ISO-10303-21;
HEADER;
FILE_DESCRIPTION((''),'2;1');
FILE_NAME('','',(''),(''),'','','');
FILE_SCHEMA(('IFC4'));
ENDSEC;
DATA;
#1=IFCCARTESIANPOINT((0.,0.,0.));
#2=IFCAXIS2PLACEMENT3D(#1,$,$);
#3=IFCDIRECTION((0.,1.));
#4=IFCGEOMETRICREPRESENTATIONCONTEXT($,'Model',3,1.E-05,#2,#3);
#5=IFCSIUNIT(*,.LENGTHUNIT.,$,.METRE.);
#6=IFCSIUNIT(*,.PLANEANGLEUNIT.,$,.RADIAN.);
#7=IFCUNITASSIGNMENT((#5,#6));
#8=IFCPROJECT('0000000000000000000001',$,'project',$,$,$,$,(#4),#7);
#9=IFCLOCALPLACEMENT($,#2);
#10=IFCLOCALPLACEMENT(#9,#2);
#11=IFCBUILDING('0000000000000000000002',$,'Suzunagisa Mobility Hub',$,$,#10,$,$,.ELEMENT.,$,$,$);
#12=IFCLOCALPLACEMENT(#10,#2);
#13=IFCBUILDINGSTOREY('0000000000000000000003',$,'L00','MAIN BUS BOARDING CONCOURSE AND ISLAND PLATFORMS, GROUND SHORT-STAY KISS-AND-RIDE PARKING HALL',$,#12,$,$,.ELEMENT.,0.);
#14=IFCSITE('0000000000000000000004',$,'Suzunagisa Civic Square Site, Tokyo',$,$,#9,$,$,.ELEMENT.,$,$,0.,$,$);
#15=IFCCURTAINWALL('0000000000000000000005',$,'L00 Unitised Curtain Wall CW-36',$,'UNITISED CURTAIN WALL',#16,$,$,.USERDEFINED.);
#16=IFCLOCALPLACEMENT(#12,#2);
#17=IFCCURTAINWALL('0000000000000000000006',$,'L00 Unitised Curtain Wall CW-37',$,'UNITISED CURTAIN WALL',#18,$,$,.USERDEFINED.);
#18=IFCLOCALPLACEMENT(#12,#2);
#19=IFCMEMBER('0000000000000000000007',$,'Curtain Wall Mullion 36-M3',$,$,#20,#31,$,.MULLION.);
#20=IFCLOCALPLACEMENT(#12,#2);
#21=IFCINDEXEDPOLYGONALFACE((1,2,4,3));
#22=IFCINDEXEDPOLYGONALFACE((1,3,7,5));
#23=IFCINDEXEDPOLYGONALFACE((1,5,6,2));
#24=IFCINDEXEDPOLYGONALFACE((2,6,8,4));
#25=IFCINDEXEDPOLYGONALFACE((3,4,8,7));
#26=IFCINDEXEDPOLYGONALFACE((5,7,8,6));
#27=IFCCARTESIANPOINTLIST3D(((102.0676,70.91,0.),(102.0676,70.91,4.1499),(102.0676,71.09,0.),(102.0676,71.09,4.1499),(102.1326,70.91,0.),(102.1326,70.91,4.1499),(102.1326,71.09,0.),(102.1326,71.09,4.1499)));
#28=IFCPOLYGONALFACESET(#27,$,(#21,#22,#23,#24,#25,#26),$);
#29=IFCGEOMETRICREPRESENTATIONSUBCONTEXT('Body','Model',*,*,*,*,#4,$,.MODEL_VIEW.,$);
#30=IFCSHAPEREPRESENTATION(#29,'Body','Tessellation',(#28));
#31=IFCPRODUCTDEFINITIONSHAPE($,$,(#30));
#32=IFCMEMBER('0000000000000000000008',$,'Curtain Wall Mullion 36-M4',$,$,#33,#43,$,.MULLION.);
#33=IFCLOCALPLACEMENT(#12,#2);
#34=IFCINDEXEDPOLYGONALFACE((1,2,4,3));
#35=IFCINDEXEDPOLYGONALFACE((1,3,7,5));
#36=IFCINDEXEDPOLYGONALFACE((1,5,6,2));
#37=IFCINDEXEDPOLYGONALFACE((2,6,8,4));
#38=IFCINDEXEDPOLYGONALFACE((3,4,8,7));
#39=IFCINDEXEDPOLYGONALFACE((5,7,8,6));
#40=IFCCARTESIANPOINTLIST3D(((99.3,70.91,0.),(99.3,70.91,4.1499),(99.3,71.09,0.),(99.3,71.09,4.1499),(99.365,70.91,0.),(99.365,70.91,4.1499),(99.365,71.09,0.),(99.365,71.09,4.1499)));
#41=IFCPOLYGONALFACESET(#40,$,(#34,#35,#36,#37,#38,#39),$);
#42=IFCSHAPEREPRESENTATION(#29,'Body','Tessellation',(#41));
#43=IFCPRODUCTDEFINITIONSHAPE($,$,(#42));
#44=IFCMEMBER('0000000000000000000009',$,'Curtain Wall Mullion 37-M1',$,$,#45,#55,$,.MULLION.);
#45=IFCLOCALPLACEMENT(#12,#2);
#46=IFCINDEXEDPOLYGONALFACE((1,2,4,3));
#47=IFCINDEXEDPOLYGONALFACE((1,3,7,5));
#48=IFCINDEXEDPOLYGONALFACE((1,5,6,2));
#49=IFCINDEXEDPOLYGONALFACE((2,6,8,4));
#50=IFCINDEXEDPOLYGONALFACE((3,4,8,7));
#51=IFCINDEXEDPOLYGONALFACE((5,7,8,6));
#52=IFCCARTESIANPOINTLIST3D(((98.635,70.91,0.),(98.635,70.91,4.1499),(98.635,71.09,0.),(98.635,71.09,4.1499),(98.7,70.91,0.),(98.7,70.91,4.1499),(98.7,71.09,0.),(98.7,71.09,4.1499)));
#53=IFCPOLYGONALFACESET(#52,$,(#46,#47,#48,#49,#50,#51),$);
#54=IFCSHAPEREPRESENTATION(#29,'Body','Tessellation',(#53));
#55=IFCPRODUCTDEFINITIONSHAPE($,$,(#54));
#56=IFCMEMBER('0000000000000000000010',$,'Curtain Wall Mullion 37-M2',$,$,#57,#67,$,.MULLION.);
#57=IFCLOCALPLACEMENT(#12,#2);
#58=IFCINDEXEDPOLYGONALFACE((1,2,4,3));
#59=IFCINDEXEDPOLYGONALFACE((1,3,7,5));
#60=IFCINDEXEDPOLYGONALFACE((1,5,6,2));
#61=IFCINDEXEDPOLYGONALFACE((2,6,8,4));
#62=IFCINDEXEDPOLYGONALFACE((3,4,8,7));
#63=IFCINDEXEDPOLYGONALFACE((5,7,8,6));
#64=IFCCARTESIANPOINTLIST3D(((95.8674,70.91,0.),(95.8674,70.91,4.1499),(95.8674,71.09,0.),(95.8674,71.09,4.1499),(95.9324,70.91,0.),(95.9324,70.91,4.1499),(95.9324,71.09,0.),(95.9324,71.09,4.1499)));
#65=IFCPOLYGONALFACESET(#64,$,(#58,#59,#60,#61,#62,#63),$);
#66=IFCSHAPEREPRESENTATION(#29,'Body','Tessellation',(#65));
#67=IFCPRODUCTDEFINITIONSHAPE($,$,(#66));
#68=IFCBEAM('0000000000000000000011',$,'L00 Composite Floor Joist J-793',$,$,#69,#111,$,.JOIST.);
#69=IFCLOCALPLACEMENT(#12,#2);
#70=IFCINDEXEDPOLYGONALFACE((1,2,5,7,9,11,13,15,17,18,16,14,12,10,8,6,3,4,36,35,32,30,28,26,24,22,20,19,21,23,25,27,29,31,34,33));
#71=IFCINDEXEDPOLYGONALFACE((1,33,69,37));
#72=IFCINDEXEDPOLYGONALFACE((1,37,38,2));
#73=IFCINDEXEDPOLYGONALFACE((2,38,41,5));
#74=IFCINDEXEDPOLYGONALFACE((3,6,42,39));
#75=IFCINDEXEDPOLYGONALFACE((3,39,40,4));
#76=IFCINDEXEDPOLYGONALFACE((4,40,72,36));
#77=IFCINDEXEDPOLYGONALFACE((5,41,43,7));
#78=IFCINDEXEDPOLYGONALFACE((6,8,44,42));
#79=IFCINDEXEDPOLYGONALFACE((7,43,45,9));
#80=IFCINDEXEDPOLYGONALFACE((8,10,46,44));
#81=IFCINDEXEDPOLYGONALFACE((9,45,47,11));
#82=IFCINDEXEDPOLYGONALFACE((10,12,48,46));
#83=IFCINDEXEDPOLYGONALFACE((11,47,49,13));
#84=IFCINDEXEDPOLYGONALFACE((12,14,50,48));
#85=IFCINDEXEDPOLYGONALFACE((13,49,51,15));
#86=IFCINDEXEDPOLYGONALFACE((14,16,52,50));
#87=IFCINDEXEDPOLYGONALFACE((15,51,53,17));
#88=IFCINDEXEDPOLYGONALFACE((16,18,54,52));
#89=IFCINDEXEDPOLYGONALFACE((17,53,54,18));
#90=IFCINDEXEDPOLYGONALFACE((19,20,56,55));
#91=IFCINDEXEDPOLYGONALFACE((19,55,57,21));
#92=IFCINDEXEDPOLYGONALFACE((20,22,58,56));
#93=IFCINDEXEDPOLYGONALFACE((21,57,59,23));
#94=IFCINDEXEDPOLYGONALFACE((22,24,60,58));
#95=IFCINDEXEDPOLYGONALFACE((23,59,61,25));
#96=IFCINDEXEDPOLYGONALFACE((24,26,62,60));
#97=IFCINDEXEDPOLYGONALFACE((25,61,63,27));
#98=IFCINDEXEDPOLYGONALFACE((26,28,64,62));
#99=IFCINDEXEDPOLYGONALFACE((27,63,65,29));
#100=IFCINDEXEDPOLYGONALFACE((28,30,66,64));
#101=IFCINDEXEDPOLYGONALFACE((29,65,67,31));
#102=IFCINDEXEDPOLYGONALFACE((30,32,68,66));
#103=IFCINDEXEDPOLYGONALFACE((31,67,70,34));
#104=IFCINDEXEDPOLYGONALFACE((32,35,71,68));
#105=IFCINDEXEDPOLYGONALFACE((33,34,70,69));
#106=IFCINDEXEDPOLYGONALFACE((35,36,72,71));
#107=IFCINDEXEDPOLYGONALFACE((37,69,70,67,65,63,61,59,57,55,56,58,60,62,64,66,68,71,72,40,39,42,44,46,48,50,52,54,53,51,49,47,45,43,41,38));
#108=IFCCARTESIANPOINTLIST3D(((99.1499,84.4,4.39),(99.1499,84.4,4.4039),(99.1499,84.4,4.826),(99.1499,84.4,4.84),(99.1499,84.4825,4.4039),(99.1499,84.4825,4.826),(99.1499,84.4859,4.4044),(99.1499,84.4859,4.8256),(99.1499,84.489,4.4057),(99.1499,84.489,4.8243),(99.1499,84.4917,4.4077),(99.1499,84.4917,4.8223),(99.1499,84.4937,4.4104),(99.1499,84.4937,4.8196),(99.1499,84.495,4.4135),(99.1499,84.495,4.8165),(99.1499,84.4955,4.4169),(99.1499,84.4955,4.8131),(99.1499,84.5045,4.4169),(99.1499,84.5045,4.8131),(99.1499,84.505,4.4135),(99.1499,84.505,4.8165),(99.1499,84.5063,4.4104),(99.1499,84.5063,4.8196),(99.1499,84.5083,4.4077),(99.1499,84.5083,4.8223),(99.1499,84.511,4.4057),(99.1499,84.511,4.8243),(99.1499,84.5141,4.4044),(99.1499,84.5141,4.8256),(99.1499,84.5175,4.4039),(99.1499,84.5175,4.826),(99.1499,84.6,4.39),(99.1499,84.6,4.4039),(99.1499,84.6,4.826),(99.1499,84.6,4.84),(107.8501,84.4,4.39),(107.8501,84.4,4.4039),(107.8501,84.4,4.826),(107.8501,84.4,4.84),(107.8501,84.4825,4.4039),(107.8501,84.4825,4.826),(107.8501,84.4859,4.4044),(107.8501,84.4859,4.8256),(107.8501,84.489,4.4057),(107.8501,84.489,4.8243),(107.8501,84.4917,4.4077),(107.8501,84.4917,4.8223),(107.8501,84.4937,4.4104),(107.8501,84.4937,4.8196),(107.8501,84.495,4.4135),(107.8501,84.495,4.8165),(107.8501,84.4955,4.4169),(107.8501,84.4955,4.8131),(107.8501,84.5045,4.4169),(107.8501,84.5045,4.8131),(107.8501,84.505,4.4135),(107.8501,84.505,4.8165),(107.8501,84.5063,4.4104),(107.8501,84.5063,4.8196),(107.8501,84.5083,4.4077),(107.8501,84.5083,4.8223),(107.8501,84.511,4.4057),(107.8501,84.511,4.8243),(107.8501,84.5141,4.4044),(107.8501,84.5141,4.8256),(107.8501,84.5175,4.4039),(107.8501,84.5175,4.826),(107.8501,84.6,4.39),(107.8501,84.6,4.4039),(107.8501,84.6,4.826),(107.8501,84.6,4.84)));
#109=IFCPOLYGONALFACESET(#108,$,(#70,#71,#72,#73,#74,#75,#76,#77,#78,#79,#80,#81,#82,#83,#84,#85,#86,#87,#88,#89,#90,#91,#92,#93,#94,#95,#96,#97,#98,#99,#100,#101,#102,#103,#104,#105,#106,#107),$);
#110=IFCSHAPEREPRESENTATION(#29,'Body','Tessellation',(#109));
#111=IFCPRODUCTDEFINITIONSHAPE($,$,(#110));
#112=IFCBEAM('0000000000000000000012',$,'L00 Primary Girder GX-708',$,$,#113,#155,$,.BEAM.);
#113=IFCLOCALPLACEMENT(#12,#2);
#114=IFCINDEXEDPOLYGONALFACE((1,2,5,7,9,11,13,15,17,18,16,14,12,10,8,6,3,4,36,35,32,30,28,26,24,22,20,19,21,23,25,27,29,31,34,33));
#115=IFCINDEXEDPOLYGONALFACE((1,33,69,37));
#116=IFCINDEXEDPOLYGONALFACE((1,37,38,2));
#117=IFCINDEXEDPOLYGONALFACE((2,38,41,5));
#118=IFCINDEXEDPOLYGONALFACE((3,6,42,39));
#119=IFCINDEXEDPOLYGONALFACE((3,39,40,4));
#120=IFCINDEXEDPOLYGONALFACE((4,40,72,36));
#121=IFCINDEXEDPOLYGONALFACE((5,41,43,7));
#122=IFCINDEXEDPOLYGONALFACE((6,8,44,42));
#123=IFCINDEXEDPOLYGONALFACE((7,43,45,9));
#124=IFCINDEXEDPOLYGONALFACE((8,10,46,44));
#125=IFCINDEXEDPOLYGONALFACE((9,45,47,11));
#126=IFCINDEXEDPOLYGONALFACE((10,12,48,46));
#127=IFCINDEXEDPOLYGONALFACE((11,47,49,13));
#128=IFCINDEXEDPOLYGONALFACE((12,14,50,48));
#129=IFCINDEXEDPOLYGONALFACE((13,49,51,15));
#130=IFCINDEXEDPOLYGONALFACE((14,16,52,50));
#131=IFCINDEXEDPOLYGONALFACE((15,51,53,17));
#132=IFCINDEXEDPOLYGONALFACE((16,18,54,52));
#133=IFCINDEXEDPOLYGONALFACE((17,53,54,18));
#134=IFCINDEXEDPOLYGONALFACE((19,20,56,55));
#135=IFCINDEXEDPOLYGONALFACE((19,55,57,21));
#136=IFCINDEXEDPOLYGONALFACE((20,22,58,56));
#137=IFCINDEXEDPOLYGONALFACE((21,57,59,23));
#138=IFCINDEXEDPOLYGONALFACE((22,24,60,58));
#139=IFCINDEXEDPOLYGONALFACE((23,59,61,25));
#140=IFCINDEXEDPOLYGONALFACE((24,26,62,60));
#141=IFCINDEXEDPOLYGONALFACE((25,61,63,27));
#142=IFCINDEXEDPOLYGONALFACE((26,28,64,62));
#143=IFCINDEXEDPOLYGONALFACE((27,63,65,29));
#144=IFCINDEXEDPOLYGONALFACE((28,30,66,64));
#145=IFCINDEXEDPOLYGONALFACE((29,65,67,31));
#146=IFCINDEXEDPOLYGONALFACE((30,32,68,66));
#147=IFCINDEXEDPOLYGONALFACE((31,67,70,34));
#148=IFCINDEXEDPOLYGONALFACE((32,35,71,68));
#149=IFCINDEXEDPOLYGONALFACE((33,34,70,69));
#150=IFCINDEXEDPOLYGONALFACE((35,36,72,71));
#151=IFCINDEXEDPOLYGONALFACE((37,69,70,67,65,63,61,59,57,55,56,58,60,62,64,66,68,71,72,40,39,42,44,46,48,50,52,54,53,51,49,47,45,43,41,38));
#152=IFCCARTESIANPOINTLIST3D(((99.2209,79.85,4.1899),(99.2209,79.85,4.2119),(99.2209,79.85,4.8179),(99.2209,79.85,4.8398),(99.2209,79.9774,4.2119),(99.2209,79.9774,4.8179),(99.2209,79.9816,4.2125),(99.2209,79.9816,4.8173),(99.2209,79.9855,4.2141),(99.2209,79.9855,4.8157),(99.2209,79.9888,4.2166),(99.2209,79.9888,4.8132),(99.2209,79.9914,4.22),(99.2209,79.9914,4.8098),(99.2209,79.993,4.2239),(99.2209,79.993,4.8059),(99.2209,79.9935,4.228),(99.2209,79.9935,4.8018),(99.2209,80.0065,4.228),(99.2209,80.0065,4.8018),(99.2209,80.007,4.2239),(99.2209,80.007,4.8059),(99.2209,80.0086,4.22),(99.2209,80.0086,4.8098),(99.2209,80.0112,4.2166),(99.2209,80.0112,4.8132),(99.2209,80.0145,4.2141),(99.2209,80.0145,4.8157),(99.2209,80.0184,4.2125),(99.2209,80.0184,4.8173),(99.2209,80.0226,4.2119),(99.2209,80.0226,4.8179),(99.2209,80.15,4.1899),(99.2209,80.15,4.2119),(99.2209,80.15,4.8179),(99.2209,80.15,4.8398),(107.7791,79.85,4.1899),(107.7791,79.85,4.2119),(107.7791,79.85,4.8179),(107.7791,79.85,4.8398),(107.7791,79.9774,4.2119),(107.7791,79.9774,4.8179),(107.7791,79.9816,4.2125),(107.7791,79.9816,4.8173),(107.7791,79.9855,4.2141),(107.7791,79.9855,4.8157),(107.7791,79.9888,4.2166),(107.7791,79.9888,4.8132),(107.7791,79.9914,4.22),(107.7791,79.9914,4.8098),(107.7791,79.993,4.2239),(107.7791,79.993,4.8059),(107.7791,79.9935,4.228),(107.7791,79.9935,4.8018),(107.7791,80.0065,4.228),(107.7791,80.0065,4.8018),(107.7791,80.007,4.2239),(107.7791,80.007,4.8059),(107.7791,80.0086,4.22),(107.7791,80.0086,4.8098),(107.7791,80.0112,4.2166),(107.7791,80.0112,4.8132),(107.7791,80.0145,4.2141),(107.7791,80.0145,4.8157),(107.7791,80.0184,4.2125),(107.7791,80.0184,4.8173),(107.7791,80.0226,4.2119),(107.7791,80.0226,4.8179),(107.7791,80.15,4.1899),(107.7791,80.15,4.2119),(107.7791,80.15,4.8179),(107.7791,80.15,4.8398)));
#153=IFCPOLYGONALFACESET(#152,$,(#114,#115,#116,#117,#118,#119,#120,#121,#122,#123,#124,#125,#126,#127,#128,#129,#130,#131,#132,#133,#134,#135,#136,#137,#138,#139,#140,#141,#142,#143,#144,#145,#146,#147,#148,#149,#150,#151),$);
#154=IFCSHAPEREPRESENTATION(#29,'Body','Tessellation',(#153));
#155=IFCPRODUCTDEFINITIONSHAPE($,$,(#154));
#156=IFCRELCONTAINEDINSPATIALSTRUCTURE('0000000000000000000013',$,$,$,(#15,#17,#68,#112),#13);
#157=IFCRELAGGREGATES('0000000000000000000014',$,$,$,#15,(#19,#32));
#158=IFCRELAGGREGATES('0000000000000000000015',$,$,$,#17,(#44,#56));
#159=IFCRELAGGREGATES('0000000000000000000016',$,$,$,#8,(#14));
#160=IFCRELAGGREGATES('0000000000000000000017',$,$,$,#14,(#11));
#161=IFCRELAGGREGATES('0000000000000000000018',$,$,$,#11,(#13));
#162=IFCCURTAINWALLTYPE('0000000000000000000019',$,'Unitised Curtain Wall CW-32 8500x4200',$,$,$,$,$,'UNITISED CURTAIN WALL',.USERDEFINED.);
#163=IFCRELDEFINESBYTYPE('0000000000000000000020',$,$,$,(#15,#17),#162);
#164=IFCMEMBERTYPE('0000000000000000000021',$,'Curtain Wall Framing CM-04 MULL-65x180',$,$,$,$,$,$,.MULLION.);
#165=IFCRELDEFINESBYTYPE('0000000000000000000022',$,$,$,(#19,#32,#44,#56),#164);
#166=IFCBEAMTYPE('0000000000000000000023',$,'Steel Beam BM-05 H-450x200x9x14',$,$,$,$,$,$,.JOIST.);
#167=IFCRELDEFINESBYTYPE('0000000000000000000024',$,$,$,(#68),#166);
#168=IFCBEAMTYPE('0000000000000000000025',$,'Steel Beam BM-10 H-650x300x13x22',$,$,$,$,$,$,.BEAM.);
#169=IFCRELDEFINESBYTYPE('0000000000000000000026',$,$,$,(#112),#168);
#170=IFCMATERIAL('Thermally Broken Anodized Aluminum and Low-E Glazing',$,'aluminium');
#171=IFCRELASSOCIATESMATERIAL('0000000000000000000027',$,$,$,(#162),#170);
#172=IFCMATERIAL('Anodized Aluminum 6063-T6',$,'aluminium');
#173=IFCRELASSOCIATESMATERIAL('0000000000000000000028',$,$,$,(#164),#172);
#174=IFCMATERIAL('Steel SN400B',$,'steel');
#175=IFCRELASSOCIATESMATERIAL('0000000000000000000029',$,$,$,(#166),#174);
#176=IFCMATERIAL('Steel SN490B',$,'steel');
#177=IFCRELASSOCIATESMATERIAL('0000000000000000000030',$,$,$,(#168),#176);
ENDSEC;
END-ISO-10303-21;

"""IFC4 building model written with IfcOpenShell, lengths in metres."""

from ifc_helpers import new_model, si_unit, direction, frame, origin, origin_2d, place, context, subcontext, project, spatial, rectangle, i_section, extrude, material, material_profile, profile_set, type_object, element, aggregate, save


model = new_model("IFC4")

# Units and contexts
model_context = context("Model", 3, precision=1e-05, world=origin(), true_north=direction((0.0, 1.0)))
body_context = subcontext(model_context, "Body", "Model", "MODEL_VIEW")
ifc_project = project(units=[si_unit("LENGTHUNIT", "METRE"), si_unit("PLANEANGLEUNIT", "RADIAN")], contexts=[model_context])

# Site, building, storey
site_placement = place(None, origin())
site = spatial("IfcSite", under=ifc_project, at=site_placement, Name="Suzunagisa Civic Square Site, Tokyo", CompositionType="ELEMENT", RefElevation=0.0)
building_placement = place(site_placement, origin())
building = spatial("IfcBuilding", under=site, at=building_placement, Name="Suzunagisa Mobility Hub", CompositionType="ELEMENT")
storey_placement = place(building_placement, origin())
storey = spatial("IfcBuildingStorey", under=building, at=storey_placement, Name="L00", Description="MAIN BUS BOARDING CONCOURSE AND ISLAND PLATFORMS, GROUND SHORT-STAY KISS-AND-RIDE PARKING HALL", CompositionType="ELEMENT", Elevation=0.0)

# Shared definitions
ifc_material_1 = material(Name="Steel SN490B", Category="steel")

# Curtain walls
ifc_material_2 = material(Name="Thermally Broken Anodized Aluminum and Low-E Glazing", Category="aluminium")
curtain_wall_type = type_object("IfcCurtainWallType", Name="Unitised Curtain Wall CW-32 8500x4200", ElementType="UNITISED CURTAIN WALL", PredefinedType="USERDEFINED", material=ifc_material_2)
curtain_wall_1_placement = place(storey_placement, origin())
curtain_wall_1 = element("IfcCurtainWall", 1, at=curtain_wall_1_placement, inside=storey, type_object=curtain_wall_type, Name="L00 Unitised Curtain Wall CW-36", ObjectType="UNITISED CURTAIN WALL", PredefinedType="USERDEFINED")
ifc_material_3 = material(Name="Anodized Aluminum 6063-T6", Category="aluminium")
curtain_wall_2_placement = place(storey_placement, origin())
curtain_wall_2 = element("IfcCurtainWall", 2, at=curtain_wall_2_placement, inside=storey, type_object=curtain_wall_type, Name="L00 Unitised Curtain Wall CW-37", ObjectType="UNITISED CURTAIN WALL", PredefinedType="USERDEFINED")

# Members
ifc_material_profile_1 = material_profile(ifc_material_3, rectangle(XDim=0.0649, YDim=0.1799, at=origin_2d()), Name="MULL-65x180")
ifc_profile_set_1 = profile_set([ifc_material_profile_1], Name="Anodized Aluminum 6063-T6")
member_type_1 = type_object("IfcMemberType", Name="Curtain Wall Framing CM-04 MULL-65x180", PredefinedType="MULLION", material=ifc_profile_set_1)
member_1_placement = place(storey_placement, frame((102.1001, 71.0, 0.0), z_axis=(0.0, 0.0, 1.0), x_axis=(-1.0, 0.0, 0.0)))
member_1 = element("IfcMember", 3, at=member_1_placement, type_object=member_type_1, Name="Curtain Wall Mullion 36-M3", PredefinedType="MULLION", context=body_context, shape_type="SweptSolid", body=[
    extrude(rectangle(XDim=0.0649, YDim=0.1799, at=origin_2d()), origin(), (0.0, 0.0, 1.0), 4.1499),
])
member_2_placement = place(storey_placement, frame((99.3325, 71.0, 0.0), z_axis=(0.0, 0.0, 1.0), x_axis=(-1.0, 0.0, 0.0)))
member_2 = element("IfcMember", 4, at=member_2_placement, type_object=member_type_1, Name="Curtain Wall Mullion 36-M4", PredefinedType="MULLION", context=body_context, shape_type="SweptSolid", body=[
    extrude(rectangle(XDim=0.0649, YDim=0.1799, at=origin_2d()), origin(), (0.0, 0.0, 1.0), 4.1499),
])
member_3_placement = place(storey_placement, frame((98.6675, 71.0, 0.0), z_axis=(0.0, 0.0, 1.0), x_axis=(-1.0, 0.0, 0.0)))
member_3 = element("IfcMember", 5, at=member_3_placement, type_object=member_type_1, Name="Curtain Wall Mullion 37-M1", PredefinedType="MULLION", context=body_context, shape_type="SweptSolid", body=[
    extrude(rectangle(XDim=0.0649, YDim=0.1799, at=origin_2d()), origin(), (0.0, 0.0, 1.0), 4.1499),
])
member_4_placement = place(storey_placement, frame((95.8999, 71.0, 0.0), z_axis=(0.0, 0.0, 1.0), x_axis=(-1.0, 0.0, 0.0)))
member_4 = element("IfcMember", 6, at=member_4_placement, type_object=member_type_1, Name="Curtain Wall Mullion 37-M2", PredefinedType="MULLION", context=body_context, shape_type="SweptSolid", body=[
    extrude(rectangle(XDim=0.0649, YDim=0.1799, at=origin_2d()), origin(), (0.0, 0.0, 1.0), 4.1499),
])

# Beams
ifc_material_4 = material(Name="Steel SN400B", Category="steel")
ifc_material_profile_2 = material_profile(ifc_material_4, i_section(OverallWidth=0.2, OverallDepth=0.45, WebThickness=0.009, FlangeThickness=0.0139, FilletRadius=0.0129, at=origin_2d()), Name="H-450x200x9x14")
ifc_profile_set_2 = profile_set([ifc_material_profile_2], Name="Steel SN400B")
beam_type_1 = type_object("IfcBeamType", Name="Steel Beam BM-05 H-450x200x9x14", PredefinedType="JOIST", material=ifc_profile_set_2)
beam_1_placement = place(storey_placement, frame((99.1499, 84.5, 4.615), z_axis=(1.0, 0.0, 0.0), x_axis=(0.0, 1.0, 0.0)))
element("IfcBeam", 7, at=beam_1_placement, inside=storey, type_object=beam_type_1, Name="L00 Composite Floor Joist J-793", PredefinedType="JOIST", context=body_context, shape_type="SweptSolid", body=[
    extrude(i_section(OverallWidth=0.2, OverallDepth=0.45, WebThickness=0.009, FlangeThickness=0.0139, FilletRadius=0.0129, at=origin_2d()), origin(), (0.0, 0.0, 1.0), 8.7002),
])
ifc_material_profile_3 = material_profile(ifc_material_1, i_section(OverallWidth=0.3, OverallDepth=0.6499, WebThickness=0.0129, FlangeThickness=0.022, FilletRadius=0.0161, at=origin_2d()), Name="H-650x300x13x22")
ifc_profile_set_3 = profile_set([ifc_material_profile_3], Name="Steel SN490B")
beam_type_2 = type_object("IfcBeamType", Name="Steel Beam BM-10 H-650x300x13x22", PredefinedType="BEAM", material=ifc_profile_set_3)
beam_2_placement = place(storey_placement, frame((99.2209, 80.0, 4.5149), z_axis=(1.0, 0.0, 0.0), x_axis=(0.0, 1.0, 0.0)))
element("IfcBeam", 8, at=beam_2_placement, inside=storey, type_object=beam_type_2, Name="L00 Primary Girder GX-708", PredefinedType="BEAM", context=body_context, shape_type="SweptSolid", body=[
    extrude(i_section(OverallWidth=0.3, OverallDepth=0.6499, WebThickness=0.0129, FlangeThickness=0.022, FilletRadius=0.0161, at=origin_2d()), origin(), (0.0, 0.0, 1.0), 8.5581),
])

aggregate(curtain_wall_1, [member_1, member_2])
aggregate(curtain_wall_2, [member_3, member_4])

save(model, "model.ifc")
